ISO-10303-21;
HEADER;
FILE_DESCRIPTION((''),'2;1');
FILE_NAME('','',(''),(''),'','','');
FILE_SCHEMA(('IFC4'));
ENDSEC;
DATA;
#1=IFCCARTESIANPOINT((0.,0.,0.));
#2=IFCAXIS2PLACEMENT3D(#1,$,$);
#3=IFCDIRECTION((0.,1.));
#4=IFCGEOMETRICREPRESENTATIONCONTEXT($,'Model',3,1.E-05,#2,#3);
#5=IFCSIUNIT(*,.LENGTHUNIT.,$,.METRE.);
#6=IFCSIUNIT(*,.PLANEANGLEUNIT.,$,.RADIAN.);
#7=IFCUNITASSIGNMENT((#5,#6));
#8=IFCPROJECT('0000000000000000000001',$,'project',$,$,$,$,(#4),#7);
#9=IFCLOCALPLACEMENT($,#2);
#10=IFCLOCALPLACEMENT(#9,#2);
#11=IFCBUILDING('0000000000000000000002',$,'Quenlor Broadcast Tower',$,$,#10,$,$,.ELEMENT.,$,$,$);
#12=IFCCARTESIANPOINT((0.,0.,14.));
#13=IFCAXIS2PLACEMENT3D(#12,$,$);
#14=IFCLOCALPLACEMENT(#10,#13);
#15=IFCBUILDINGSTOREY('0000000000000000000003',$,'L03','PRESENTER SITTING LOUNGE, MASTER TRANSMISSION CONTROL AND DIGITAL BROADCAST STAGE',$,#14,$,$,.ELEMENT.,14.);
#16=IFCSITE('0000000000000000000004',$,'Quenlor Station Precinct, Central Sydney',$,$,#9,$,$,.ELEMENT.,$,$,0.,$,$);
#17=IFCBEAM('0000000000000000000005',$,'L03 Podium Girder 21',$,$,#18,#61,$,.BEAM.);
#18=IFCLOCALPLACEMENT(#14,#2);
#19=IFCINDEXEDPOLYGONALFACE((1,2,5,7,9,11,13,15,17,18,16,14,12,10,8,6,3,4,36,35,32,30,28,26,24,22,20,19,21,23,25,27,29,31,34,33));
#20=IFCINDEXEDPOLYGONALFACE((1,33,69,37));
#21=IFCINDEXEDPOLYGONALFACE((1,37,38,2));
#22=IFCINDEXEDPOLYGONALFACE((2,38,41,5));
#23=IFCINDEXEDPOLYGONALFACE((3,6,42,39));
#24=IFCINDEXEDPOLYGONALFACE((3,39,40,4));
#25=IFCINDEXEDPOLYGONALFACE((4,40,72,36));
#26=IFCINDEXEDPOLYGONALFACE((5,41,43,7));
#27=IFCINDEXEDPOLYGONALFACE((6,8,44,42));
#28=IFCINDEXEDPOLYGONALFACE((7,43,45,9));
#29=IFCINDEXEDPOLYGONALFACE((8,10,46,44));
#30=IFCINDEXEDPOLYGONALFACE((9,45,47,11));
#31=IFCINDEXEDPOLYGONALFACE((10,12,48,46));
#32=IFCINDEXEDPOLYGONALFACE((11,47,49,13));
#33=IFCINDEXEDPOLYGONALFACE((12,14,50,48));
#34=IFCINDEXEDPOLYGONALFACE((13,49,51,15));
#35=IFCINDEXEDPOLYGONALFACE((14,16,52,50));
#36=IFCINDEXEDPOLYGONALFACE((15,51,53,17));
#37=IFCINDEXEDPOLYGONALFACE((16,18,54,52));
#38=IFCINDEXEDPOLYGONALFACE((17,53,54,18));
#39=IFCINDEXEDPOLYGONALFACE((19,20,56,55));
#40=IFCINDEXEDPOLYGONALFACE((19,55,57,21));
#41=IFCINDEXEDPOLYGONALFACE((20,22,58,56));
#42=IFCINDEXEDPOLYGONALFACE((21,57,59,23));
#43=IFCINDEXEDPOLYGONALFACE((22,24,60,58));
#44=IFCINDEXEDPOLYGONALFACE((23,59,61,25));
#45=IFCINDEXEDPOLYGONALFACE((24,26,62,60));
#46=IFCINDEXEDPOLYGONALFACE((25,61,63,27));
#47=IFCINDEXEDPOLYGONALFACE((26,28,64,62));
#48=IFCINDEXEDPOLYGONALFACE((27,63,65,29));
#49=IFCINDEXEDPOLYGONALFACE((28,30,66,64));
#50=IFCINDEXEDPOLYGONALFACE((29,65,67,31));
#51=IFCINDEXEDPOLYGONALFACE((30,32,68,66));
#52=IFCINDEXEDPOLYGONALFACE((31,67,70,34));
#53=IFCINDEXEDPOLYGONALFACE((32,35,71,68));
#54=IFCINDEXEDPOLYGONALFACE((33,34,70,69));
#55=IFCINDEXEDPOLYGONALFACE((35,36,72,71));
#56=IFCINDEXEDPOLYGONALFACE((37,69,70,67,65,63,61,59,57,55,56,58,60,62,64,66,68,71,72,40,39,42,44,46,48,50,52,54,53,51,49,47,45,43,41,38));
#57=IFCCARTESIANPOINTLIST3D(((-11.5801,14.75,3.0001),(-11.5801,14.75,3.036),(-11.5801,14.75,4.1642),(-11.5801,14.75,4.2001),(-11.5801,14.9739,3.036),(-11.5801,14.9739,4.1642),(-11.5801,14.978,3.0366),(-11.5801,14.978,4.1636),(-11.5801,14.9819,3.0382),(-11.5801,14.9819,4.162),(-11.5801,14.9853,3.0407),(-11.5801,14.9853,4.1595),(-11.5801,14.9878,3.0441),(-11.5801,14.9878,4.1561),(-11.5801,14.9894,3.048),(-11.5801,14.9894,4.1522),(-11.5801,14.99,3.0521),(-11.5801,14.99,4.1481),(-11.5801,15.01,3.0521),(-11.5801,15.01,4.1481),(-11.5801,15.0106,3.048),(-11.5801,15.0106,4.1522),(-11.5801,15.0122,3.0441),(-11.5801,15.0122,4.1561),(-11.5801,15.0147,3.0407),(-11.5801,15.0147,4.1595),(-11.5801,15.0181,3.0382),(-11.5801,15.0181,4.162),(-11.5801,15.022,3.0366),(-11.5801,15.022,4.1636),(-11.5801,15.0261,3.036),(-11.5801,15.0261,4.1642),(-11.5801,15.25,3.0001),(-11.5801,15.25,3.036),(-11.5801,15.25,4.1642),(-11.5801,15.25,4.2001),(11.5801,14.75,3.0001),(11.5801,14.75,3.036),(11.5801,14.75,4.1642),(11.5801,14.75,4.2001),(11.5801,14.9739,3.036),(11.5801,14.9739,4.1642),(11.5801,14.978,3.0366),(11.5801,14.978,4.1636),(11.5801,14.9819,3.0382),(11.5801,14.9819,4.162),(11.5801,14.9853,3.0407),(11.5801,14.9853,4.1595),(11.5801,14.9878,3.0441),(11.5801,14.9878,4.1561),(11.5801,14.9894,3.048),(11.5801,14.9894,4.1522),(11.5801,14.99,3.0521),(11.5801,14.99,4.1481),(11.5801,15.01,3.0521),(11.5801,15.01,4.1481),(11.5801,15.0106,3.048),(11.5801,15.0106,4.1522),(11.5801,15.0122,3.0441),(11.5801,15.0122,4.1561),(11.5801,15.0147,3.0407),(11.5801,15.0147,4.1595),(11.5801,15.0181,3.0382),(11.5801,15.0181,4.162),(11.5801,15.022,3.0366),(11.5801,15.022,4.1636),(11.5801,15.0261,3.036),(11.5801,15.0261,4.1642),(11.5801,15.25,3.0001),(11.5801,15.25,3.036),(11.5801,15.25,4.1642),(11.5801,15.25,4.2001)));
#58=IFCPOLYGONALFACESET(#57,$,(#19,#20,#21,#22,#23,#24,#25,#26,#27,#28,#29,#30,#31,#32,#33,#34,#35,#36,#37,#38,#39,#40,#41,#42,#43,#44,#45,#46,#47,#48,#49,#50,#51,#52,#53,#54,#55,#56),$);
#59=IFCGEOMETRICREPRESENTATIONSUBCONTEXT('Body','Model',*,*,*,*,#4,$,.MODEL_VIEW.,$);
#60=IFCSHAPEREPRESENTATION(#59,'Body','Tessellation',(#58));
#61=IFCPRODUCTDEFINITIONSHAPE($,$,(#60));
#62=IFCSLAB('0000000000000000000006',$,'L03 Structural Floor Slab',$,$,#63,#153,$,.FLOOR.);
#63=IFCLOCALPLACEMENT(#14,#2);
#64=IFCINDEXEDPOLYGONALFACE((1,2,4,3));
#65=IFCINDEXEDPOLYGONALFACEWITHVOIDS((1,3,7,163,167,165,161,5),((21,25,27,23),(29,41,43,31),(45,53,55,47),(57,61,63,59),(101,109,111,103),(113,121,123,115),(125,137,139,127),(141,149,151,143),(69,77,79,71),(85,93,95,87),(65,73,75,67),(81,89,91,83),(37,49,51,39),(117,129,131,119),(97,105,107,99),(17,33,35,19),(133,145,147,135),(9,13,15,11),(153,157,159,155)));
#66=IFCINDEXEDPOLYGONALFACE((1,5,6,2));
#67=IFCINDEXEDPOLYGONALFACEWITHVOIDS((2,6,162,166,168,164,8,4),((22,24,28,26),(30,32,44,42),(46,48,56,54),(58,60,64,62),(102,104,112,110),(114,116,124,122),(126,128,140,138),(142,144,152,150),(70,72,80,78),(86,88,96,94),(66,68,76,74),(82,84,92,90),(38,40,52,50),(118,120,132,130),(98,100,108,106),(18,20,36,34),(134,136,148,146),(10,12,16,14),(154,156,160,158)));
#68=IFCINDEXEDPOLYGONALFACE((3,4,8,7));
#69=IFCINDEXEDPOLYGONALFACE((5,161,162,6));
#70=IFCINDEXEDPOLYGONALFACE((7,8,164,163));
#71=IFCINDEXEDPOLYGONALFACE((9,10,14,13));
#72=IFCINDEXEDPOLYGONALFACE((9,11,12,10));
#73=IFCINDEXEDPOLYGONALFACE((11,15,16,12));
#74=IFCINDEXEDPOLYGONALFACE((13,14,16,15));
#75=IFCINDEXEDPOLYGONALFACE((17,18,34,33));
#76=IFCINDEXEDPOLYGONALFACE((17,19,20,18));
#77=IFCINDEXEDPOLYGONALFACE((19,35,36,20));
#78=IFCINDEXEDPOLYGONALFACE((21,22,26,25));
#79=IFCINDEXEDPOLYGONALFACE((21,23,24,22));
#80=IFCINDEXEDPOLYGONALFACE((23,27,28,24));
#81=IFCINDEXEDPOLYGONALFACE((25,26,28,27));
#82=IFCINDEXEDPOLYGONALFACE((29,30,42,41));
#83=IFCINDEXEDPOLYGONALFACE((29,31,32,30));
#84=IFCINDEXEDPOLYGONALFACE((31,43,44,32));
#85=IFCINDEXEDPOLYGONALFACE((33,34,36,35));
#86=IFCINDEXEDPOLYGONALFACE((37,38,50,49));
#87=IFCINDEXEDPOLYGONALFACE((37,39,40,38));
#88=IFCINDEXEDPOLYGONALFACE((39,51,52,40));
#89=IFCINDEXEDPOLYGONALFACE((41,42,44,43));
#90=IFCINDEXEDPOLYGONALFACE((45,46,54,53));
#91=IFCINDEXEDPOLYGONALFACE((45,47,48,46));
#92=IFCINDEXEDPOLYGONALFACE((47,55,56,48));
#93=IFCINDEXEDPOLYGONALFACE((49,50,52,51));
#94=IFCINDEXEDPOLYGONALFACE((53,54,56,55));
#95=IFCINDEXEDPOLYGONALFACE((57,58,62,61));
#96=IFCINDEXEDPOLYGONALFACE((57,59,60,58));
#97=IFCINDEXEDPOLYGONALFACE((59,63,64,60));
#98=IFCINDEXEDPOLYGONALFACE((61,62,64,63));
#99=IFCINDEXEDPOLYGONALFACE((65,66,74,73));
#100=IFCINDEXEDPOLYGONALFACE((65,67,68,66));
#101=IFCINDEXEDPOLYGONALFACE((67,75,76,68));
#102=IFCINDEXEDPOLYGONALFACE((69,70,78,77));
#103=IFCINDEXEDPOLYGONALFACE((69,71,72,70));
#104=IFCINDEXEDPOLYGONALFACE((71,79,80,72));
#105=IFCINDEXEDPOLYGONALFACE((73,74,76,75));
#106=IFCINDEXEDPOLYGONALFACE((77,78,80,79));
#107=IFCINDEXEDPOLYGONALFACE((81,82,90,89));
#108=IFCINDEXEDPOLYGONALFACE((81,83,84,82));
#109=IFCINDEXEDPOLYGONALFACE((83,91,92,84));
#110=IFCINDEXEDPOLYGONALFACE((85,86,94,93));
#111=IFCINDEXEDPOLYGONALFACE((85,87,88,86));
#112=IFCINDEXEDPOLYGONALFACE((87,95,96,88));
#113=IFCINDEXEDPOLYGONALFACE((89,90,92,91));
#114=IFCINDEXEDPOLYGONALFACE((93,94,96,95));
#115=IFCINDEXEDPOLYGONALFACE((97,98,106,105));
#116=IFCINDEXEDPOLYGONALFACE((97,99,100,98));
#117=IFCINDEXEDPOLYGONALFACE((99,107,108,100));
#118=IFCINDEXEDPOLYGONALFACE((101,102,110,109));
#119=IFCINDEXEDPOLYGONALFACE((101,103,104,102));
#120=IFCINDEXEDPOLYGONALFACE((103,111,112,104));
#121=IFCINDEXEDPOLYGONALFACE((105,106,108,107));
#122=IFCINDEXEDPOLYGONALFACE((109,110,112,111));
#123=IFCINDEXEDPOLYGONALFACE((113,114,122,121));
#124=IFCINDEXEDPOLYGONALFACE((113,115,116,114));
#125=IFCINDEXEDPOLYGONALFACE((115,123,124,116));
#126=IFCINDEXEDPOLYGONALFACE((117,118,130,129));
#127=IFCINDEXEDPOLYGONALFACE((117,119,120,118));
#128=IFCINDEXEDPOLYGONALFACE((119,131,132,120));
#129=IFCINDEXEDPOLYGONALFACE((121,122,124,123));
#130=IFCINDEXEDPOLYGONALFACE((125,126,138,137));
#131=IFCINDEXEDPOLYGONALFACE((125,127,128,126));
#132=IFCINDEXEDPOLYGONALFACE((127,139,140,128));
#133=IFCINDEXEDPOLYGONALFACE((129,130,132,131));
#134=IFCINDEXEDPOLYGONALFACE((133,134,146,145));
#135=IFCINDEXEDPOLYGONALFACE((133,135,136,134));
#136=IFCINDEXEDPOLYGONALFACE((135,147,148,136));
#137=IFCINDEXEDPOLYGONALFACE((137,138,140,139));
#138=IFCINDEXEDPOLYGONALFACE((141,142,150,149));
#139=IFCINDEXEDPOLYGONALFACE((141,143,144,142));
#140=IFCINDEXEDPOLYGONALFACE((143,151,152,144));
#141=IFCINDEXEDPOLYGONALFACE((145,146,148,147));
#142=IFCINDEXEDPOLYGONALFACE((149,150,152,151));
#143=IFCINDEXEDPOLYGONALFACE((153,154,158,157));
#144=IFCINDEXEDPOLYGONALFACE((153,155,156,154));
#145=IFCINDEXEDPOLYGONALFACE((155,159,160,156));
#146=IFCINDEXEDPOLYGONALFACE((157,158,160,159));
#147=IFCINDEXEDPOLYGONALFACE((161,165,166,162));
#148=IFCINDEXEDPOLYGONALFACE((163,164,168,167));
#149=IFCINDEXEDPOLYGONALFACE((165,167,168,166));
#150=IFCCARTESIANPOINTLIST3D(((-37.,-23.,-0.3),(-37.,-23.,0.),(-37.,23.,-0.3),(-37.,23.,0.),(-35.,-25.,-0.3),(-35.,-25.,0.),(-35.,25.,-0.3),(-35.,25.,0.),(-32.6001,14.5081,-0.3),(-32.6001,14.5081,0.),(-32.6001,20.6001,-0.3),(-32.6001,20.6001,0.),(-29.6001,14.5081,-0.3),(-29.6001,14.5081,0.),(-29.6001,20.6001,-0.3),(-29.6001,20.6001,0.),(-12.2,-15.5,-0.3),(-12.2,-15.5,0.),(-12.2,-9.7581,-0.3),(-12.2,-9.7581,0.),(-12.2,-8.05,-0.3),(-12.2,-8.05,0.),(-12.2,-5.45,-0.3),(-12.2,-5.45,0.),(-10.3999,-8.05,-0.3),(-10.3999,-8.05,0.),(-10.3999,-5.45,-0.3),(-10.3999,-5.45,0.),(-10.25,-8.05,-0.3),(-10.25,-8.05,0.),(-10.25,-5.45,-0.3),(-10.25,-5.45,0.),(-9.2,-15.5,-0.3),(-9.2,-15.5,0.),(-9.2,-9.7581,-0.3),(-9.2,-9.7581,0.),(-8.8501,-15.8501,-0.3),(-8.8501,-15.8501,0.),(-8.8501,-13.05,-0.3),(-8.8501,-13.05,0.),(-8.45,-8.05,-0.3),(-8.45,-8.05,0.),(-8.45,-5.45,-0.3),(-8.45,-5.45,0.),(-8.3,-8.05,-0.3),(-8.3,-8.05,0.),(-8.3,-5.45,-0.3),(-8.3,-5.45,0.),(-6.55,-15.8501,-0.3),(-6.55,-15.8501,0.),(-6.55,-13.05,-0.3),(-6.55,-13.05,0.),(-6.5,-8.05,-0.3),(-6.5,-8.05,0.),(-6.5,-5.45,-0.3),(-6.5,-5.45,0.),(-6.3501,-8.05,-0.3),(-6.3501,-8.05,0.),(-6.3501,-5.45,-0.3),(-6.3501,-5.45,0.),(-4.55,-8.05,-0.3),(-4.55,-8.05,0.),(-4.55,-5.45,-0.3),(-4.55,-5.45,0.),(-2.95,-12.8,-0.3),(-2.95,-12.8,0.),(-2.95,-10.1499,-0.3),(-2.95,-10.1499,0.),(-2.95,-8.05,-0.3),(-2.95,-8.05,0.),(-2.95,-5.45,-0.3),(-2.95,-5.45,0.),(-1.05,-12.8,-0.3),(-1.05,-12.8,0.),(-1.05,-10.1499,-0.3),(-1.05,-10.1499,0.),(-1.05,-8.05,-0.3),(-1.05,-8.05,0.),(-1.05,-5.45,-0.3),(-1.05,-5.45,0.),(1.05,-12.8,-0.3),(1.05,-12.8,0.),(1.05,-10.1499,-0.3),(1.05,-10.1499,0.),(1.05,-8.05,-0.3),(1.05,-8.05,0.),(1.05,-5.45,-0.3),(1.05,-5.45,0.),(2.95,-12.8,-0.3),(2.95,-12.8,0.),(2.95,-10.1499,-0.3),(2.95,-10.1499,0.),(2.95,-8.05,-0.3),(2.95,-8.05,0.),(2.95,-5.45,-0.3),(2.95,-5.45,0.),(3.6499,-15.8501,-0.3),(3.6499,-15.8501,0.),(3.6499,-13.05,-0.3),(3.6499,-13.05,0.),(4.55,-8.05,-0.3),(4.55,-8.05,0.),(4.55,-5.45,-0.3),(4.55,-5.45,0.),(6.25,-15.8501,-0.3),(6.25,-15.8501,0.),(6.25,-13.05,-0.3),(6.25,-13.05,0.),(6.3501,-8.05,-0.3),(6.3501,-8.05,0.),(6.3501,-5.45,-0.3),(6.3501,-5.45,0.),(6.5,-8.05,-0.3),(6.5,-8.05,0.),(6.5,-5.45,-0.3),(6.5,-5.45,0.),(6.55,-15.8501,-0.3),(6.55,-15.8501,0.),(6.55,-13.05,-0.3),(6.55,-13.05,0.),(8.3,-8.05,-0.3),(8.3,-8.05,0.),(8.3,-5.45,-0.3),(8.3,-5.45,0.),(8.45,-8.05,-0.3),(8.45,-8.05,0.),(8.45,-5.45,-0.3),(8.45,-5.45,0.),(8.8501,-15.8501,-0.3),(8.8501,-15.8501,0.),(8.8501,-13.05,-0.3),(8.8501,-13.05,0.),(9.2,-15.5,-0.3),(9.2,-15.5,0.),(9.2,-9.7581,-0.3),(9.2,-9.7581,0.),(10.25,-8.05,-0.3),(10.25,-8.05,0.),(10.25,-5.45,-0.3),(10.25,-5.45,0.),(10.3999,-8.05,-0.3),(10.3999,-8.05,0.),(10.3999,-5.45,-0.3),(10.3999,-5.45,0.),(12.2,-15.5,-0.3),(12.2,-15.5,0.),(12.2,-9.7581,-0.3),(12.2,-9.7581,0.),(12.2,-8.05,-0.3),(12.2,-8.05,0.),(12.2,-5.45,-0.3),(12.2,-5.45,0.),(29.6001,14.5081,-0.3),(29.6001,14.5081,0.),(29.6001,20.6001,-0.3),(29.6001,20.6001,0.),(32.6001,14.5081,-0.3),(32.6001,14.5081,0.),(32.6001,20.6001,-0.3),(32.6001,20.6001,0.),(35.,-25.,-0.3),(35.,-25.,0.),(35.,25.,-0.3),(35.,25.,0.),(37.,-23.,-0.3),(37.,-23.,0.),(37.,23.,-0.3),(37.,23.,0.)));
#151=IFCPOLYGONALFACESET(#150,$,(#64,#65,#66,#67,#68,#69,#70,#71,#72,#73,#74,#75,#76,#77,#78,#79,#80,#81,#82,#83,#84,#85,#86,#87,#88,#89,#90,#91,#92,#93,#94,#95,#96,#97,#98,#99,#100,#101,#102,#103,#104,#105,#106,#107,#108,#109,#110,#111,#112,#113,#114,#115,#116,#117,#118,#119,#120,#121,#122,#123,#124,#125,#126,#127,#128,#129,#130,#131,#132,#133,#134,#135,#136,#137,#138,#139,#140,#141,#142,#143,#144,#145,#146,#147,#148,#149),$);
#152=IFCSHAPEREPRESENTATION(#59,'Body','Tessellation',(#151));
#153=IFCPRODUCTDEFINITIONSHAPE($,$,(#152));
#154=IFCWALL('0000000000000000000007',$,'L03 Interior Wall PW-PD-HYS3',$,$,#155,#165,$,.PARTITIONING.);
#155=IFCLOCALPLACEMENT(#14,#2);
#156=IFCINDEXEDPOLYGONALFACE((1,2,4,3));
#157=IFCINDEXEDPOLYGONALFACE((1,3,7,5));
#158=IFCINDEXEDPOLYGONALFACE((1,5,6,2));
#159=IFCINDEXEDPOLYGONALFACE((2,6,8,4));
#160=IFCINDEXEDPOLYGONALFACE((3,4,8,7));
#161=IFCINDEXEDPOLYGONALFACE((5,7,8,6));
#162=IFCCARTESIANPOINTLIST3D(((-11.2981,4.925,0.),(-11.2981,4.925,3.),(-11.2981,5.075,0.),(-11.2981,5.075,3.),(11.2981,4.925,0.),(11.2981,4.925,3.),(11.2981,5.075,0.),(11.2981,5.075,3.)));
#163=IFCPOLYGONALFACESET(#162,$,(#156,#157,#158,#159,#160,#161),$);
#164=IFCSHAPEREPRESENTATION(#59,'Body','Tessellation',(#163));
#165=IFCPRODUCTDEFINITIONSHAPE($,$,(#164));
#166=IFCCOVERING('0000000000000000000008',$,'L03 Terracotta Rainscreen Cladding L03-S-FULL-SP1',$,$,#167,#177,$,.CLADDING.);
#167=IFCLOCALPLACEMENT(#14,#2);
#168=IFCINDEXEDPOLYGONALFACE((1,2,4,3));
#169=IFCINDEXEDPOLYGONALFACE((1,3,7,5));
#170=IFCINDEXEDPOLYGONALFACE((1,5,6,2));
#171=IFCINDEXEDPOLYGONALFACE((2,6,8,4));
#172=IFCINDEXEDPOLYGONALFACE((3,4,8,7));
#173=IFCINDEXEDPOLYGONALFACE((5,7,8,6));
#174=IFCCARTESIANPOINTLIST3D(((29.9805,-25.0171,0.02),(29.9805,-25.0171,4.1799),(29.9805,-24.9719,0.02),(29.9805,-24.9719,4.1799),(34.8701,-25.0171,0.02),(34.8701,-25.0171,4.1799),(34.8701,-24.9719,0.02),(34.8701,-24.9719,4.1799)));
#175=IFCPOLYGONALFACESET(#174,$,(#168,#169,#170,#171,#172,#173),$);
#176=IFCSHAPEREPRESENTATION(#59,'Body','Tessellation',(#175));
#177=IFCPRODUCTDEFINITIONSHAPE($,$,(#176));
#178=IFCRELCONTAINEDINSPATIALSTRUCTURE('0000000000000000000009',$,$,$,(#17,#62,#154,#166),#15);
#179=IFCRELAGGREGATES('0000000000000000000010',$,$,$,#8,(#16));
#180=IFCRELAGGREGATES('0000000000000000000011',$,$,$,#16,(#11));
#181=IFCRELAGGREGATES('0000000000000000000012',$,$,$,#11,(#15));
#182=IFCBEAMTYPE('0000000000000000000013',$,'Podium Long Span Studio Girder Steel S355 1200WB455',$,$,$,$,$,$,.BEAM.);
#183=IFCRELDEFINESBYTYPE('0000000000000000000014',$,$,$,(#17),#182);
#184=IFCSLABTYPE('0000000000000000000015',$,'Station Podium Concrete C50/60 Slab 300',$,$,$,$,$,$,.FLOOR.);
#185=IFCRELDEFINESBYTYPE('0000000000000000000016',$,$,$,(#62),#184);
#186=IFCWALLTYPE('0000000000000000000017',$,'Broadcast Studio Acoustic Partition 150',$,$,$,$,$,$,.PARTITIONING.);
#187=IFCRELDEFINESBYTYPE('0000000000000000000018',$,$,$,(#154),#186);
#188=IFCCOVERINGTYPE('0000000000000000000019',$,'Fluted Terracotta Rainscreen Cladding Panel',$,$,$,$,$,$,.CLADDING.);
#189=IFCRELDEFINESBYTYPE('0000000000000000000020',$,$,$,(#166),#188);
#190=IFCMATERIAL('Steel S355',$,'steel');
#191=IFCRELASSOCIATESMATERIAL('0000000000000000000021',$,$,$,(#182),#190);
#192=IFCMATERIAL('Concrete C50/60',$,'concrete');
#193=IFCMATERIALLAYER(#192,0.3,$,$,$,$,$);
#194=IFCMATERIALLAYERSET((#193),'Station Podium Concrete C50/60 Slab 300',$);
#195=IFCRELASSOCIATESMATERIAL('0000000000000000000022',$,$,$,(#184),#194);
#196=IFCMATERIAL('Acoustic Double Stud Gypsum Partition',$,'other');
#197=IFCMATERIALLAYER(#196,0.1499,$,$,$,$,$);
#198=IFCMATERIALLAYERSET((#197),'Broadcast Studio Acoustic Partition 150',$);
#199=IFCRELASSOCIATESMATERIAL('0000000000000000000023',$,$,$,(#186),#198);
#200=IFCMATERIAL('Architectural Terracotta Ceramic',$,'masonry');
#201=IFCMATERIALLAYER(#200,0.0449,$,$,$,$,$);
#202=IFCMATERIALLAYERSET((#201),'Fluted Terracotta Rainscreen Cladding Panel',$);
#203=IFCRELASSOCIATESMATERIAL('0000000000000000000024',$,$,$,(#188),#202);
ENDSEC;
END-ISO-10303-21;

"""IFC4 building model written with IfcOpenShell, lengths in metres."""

from ifc_helpers import new_model, si_unit, direction, frame, frame_2d, origin, origin_2d, place, context, subcontext, project, spatial, polyline, rectangle, i_section, outline, extrude, material, layer, layer_set, material_profile, profile_set, type_object, element, save


model = new_model("IFC4")

# Units and contexts
model_context = context("Model", 3, precision=1e-05, world=origin(), true_north=direction((0.0, 1.0)))
body_context = subcontext(model_context, "Body", "Model", "MODEL_VIEW")
ifc_project = project(units=[si_unit("LENGTHUNIT", "METRE"), si_unit("PLANEANGLEUNIT", "RADIAN")], contexts=[model_context])

# Site, building, storey
site_placement = place(None, origin())
site = spatial("IfcSite", under=ifc_project, at=site_placement, Name="Quenlor Station Precinct, Central Sydney", CompositionType="ELEMENT", RefElevation=0.0)
building_placement = place(site_placement, origin())
building = spatial("IfcBuilding", under=site, at=building_placement, Name="Quenlor Broadcast Tower", CompositionType="ELEMENT")
storey_placement = place(building_placement, frame((0.0, 0.0, 14.0)))
storey = spatial("IfcBuildingStorey", under=building, at=storey_placement, Name="L03", Description="PRESENTER SITTING LOUNGE, MASTER TRANSMISSION CONTROL AND DIGITAL BROADCAST STAGE", CompositionType="ELEMENT", Elevation=14.0)

# Beam
ifc_material_1 = material(Name="Steel S355", Category="steel")
ifc_material_profile_1 = material_profile(ifc_material_1, i_section(OverallWidth=0.5, OverallDepth=1.2, WebThickness=0.02, FlangeThickness=0.0359, FilletRadius=0.0161, at=origin_2d()))
ifc_profile_set_1 = profile_set([ifc_material_profile_1], Name="Steel S355 1200WB455")
beam_type_1 = type_object("IfcBeamType", Name="Podium Long Span Studio Girder Steel S355 1200WB455", PredefinedType="BEAM", material=ifc_profile_set_1)
for number, where, z_axis, x_axis, name in (
    (1, (-11.5801, 15.0, 3.6001), (1.0, 0.0, 0.0), (0.0, 1.0, 0.0), "L03 Podium Girder 21"),
):
    element("IfcBeam", number, at=place(storey_placement, frame(where, z_axis=z_axis, x_axis=x_axis)), inside=storey, type_object=beam_type_1, Name=name, PredefinedType="BEAM", context=body_context, shape_type="SweptSolid", body=[
        extrude(i_section(OverallWidth=0.5, OverallDepth=1.2, WebThickness=0.02, FlangeThickness=0.0359, FilletRadius=0.0161, at=origin_2d()), origin(), (0.0, 0.0, 1.0), 23.1602),
    ])

# Slab
ifc_material_2 = material(Name="Concrete C50/60", Category="concrete")
ifc_layer_1 = layer(ifc_material_2, 0.3)
ifc_layer_set_1 = layer_set([ifc_layer_1], Name="Station Podium Concrete C50/60 Slab 300")
slab_type = type_object("IfcSlabType", Name="Station Podium Concrete C50/60 Slab 300", PredefinedType="FLOOR", material=ifc_layer_set_1)
slab_placement = place(storey_placement, frame((0.0, 0.0, -0.3)))
element("IfcSlab", 2, at=slab_placement, inside=storey, type_object=slab_type, Name="L03 Structural Floor Slab", PredefinedType="FLOOR", context=body_context, shape_type="SweptSolid", body=[
    extrude(outline(polyline([(-35.0, -25.0), (35.0, -25.0), (37.0, -23.0), (37.0, 23.0), (35.0, 25.0), (-35.0, 25.0), (-37.0, 23.0), (-37.0, -23.0), (-35.0, -25.0)]), holes=[polyline([(-12.2, -9.7581), (-12.2, -15.5), (-9.2, -15.5), (-9.2, -9.7581), (-12.2, -9.7581)]), polyline([(9.2, -9.7581), (9.2, -15.5), (12.2, -15.5), (12.2, -9.7581), (9.2, -9.7581)]), polyline([(-29.6001, 14.5081), (-29.6001, 20.6001), (-32.6001, 20.6001), (-32.6001, 14.5081), (-29.6001, 14.5081)]), polyline([(32.6001, 14.5081), (32.6001, 20.6001), (29.6001, 20.6001), (29.6001, 14.5081), (32.6001, 14.5081)]), polyline([(-12.2, -8.05), (-10.3999, -8.05), (-10.3999, -5.45), (-12.2, -5.45), (-12.2, -8.05)]), polyline([(-10.25, -8.05), (-8.45, -8.05), (-8.45, -5.45), (-10.25, -5.45), (-10.25, -8.05)]), polyline([(-8.3, -8.05), (-6.5, -8.05), (-6.5, -5.45), (-8.3, -5.45), (-8.3, -8.05)]), polyline([(-6.3501, -8.05), (-4.55, -8.05), (-4.55, -5.45), (-6.3501, -5.45), (-6.3501, -8.05)]), polyline([(-2.95, -8.05), (-1.05, -8.05), (-1.05, -5.45), (-2.95, -5.45), (-2.95, -8.05)]), polyline([(1.05, -8.05), (2.95, -8.05), (2.95, -5.45), (1.05, -5.45), (1.05, -8.05)]), polyline([(-2.95, -12.8), (-1.05, -12.8), (-1.05, -10.1499), (-2.95, -10.1499), (-2.95, -12.8)]), polyline([(1.05, -12.8), (2.95, -12.8), (2.95, -10.1499), (1.05, -10.1499), (1.05, -12.8)]), polyline([(4.55, -8.05), (6.3501, -8.05), (6.3501, -5.45), (4.55, -5.45), (4.55, -8.05)]), polyline([(6.5, -8.05), (8.3, -8.05), (8.3, -5.45), (6.5, -5.45), (6.5, -8.05)]), polyline([(8.45, -8.05), (10.25, -8.05), (10.25, -5.45), (8.45, -5.45), (8.45, -8.05)]), polyline([(10.3999, -8.05), (12.2, -8.05), (12.2, -5.45), (10.3999, -5.45), (10.3999, -8.05)]), polyline([(-8.8501, -15.8501), (-6.55, -15.8501), (-6.55, -13.05), (-8.8501, -13.05), (-8.8501, -15.8501)]), polyline([(6.55, -15.8501), (8.8501, -15.8501), (8.8501, -13.05), (6.55, -13.05), (6.55, -15.8501)]), polyline([(3.6499, -15.8501), (6.25, -15.8501), (6.25, -13.05), (3.6499, -13.05), (3.6499, -15.8501)])]), origin(), (0.0, 0.0, 1.0), 0.3),
])

# Wall
ifc_material_3 = material(Name="Acoustic Double Stud Gypsum Partition", Category="other")
ifc_layer_2 = layer(ifc_material_3, 0.1499)
ifc_layer_set_2 = layer_set([ifc_layer_2], Name="Broadcast Studio Acoustic Partition 150")
wall_type = type_object("IfcWallType", Name="Broadcast Studio Acoustic Partition 150", PredefinedType="PARTITIONING", material=ifc_layer_set_2)
wall_placement = place(storey_placement, frame((-11.2981, 5.0, 0.0), z_axis=(0.0, 0.0, 1.0), x_axis=(1.0, 0.0, 0.0)))
element("IfcWall", 3, at=wall_placement, inside=storey, type_object=wall_type, Name="L03 Interior Wall PW-PD-HYS3", PredefinedType="PARTITIONING", context=body_context, shape_type="SweptSolid", body=[
    extrude(rectangle(XDim=22.5962, YDim=0.1499, at=frame_2d((11.2981, 0.0))), origin(), (0.0, 0.0, 1.0), 3.0),
])

# Covering
ifc_material_4 = material(Name="Architectural Terracotta Ceramic", Category="masonry")
ifc_layer_3 = layer(ifc_material_4, 0.0449)
ifc_layer_set_3 = layer_set([ifc_layer_3], Name="Fluted Terracotta Rainscreen Cladding Panel")
covering_type = type_object("IfcCoveringType", Name="Fluted Terracotta Rainscreen Cladding Panel", PredefinedType="CLADDING", material=ifc_layer_set_3)
covering_1_placement = place(storey_placement, frame((0.0, 0.0, 0.02)))
element("IfcCovering", 4, at=covering_1_placement, inside=storey, type_object=covering_type, Name="L03 Terracotta Rainscreen Cladding L03-S-FULL-SP1", PredefinedType="CLADDING", context=body_context, shape_type="SweptSolid", body=[
    extrude(outline(polyline([(34.8701, -24.9719), (29.9805, -24.9719), (29.9805, -25.0171), (34.8701, -25.0171), (34.8701, -24.9719)])), origin(), (0.0, 0.0, 1.0), 4.1599),
])

save(model, "model.ifc")
